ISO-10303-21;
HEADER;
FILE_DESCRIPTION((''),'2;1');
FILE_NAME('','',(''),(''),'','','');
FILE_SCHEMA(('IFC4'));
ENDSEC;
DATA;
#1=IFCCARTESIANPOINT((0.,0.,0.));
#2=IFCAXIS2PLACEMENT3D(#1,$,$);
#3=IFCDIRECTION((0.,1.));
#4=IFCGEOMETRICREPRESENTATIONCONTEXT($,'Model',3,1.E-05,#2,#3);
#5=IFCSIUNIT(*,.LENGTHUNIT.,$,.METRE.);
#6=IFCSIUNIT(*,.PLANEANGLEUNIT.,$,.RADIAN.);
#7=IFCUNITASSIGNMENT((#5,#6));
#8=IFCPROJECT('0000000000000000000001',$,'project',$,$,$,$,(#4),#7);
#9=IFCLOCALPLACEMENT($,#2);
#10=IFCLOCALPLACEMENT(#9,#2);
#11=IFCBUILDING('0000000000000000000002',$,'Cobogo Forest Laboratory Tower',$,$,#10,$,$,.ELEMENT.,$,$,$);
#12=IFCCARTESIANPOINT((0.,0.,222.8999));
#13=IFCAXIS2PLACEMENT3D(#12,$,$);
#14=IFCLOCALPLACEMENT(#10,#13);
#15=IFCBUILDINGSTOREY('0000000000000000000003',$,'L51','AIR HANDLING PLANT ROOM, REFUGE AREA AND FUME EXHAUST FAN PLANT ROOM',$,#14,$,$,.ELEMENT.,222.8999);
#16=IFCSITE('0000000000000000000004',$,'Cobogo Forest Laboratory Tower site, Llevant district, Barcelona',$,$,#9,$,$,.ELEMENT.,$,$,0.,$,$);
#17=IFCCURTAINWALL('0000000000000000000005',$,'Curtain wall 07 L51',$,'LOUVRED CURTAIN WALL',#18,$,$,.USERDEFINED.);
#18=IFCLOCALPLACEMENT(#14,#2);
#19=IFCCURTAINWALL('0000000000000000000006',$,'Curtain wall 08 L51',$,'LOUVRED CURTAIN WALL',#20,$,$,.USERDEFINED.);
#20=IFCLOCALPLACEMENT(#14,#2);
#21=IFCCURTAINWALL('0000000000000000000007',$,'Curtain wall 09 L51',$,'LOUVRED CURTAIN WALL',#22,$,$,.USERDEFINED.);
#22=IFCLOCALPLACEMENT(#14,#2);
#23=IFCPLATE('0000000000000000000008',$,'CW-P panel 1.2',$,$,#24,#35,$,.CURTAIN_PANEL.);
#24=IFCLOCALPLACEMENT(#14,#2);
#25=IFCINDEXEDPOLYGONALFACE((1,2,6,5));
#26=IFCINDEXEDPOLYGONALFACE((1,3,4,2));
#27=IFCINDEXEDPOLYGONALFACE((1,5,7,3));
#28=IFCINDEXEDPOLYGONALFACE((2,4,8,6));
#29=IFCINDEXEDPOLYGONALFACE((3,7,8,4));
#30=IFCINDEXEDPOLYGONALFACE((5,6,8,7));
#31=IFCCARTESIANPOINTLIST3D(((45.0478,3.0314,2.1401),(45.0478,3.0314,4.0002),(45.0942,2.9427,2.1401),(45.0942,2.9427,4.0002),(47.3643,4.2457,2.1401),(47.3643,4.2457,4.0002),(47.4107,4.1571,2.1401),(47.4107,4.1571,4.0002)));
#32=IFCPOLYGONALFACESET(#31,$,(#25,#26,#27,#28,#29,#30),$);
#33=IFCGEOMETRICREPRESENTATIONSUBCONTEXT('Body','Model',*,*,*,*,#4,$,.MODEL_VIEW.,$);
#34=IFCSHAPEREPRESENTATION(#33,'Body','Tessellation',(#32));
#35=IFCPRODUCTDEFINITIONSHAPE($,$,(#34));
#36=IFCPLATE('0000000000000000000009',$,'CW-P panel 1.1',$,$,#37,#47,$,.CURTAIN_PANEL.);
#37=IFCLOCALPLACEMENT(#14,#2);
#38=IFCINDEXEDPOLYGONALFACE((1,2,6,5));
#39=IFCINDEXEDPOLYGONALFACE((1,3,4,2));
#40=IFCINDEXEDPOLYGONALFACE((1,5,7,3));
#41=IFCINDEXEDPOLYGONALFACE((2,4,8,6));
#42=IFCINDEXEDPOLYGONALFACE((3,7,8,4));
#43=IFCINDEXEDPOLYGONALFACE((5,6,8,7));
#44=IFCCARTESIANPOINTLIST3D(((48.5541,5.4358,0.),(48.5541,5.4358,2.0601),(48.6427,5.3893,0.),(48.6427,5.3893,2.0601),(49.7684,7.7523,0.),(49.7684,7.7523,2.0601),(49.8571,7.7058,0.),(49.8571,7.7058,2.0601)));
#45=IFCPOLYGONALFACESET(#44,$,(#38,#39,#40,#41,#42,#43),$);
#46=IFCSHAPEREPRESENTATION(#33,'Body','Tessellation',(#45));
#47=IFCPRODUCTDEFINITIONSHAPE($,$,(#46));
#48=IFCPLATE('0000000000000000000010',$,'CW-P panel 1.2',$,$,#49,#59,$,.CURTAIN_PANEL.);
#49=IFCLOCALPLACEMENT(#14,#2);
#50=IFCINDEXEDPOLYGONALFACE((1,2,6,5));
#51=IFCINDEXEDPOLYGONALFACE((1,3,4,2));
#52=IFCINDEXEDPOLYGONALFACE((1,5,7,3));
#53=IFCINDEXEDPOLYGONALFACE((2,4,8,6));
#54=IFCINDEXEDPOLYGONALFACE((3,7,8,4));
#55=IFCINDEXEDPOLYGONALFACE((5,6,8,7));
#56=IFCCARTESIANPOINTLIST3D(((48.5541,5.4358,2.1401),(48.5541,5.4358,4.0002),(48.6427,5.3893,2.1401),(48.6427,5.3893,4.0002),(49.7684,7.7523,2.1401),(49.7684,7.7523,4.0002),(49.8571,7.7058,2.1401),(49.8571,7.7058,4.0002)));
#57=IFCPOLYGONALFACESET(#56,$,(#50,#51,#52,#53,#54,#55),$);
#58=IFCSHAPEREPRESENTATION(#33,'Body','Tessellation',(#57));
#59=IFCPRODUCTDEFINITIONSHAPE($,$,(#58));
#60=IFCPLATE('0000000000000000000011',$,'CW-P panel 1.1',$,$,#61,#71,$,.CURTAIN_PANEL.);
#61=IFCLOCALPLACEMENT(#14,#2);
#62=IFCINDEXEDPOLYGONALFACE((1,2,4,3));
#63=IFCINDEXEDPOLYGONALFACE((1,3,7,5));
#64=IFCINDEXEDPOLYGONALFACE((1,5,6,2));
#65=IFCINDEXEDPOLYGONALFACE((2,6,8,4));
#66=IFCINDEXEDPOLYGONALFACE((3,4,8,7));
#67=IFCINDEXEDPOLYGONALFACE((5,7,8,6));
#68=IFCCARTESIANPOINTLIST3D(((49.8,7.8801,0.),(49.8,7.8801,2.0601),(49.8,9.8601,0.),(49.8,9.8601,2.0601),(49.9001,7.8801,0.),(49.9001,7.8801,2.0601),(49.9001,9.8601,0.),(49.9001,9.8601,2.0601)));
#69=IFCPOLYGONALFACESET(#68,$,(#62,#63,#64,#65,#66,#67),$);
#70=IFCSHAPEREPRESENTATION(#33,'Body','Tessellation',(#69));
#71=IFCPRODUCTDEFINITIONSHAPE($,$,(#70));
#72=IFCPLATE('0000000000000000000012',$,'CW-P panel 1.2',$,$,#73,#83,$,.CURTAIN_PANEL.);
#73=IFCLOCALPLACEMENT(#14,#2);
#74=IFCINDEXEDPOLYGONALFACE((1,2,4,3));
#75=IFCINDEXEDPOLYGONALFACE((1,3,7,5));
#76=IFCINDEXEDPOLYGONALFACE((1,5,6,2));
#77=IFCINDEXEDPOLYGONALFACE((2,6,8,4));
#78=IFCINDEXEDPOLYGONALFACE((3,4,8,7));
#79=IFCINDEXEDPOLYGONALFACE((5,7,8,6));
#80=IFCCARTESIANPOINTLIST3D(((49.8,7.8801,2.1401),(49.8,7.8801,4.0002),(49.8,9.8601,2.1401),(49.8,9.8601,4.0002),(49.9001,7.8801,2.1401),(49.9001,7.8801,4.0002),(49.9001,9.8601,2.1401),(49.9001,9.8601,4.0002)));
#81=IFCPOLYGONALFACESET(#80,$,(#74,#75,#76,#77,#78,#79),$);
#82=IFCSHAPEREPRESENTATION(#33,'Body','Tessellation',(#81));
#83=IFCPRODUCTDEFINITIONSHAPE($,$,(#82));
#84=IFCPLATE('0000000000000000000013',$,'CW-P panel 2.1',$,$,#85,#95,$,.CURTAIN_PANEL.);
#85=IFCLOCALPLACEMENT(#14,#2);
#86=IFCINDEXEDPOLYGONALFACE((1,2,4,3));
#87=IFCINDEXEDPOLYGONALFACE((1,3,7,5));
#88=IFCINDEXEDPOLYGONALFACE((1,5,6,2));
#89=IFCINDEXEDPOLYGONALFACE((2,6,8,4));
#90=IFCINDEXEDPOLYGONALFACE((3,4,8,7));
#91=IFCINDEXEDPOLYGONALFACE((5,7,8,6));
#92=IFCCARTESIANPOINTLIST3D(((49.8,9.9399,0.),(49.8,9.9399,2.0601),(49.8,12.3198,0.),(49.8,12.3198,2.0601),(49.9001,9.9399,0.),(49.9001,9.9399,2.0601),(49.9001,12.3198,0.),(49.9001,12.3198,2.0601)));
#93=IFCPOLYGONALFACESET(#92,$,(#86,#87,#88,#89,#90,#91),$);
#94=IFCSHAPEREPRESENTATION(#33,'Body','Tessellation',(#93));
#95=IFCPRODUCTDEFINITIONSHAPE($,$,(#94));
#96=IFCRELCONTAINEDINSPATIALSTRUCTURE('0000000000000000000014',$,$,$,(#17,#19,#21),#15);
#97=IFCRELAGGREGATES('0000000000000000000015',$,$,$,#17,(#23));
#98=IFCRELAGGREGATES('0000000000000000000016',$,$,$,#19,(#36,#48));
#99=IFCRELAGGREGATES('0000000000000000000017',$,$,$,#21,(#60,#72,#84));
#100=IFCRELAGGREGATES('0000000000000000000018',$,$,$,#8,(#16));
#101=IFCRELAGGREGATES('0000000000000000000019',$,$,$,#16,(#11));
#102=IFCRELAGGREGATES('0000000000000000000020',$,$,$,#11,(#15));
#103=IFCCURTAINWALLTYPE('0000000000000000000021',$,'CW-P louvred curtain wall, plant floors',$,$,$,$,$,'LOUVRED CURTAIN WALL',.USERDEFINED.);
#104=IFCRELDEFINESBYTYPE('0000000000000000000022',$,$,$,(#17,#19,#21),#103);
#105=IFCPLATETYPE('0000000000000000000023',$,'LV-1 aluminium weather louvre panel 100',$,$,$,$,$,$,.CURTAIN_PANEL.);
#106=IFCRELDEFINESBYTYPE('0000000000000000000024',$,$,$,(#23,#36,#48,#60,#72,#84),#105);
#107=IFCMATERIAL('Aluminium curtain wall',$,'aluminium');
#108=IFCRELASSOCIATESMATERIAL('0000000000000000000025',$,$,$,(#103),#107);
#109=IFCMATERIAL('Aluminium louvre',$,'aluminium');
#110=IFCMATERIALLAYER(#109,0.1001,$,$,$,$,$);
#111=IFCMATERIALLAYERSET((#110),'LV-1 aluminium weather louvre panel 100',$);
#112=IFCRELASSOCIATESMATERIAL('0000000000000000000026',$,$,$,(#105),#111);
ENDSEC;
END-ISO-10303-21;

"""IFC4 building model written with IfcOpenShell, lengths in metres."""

from ifc_helpers import new_model, si_unit, direction, frame, origin, origin_2d, place, context, subcontext, project, spatial, rectangle, extrude, material, layer, layer_set, type_object, element, aggregate, save


model = new_model("IFC4")

# Units and contexts
model_context = context("Model", 3, precision=1e-05, world=origin(), true_north=direction((0.0, 1.0)))
body_context = subcontext(model_context, "Body", "Model", "MODEL_VIEW")
ifc_project = project(units=[si_unit("LENGTHUNIT", "METRE"), si_unit("PLANEANGLEUNIT", "RADIAN")], contexts=[model_context])

# Site, building, storey
site_placement = place(None, origin())
site = spatial("IfcSite", under=ifc_project, at=site_placement, Name="Cobogo Forest Laboratory Tower site, Llevant district, Barcelona", CompositionType="ELEMENT", RefElevation=0.0)
building_placement = place(site_placement, origin())
building = spatial("IfcBuilding", under=site, at=building_placement, Name="Cobogo Forest Laboratory Tower", CompositionType="ELEMENT")
storey_placement = place(building_placement, frame((0.0, 0.0, 222.8999)))
storey = spatial("IfcBuildingStorey", under=building, at=storey_placement, Name="L51", Description="AIR HANDLING PLANT ROOM, REFUGE AREA AND FUME EXHAUST FAN PLANT ROOM", CompositionType="ELEMENT", Elevation=222.8999)

# Curtain walls
ifc_material_1 = material(Name="Aluminium curtain wall", Category="aluminium")
curtain_wall_type = type_object("IfcCurtainWallType", Name="CW-P louvred curtain wall, plant floors", ElementType="LOUVRED CURTAIN WALL", PredefinedType="USERDEFINED", material=ifc_material_1)
curtain_wall_1_placement = place(storey_placement, origin())
curtain_wall_1 = element("IfcCurtainWall", 1, at=curtain_wall_1_placement, inside=storey, type_object=curtain_wall_type, Name="Curtain wall 07 L51", ObjectType="LOUVRED CURTAIN WALL", PredefinedType="USERDEFINED")
curtain_wall_2_placement = place(storey_placement, origin())
curtain_wall_2 = element("IfcCurtainWall", 2, at=curtain_wall_2_placement, inside=storey, type_object=curtain_wall_type, Name="Curtain wall 08 L51", ObjectType="LOUVRED CURTAIN WALL", PredefinedType="USERDEFINED")
curtain_wall_3_placement = place(storey_placement, origin())
curtain_wall_3 = element("IfcCurtainWall", 3, at=curtain_wall_3_placement, inside=storey, type_object=curtain_wall_type, Name="Curtain wall 09 L51", ObjectType="LOUVRED CURTAIN WALL", PredefinedType="USERDEFINED")

# Plates
ifc_material_2 = material(Name="Aluminium louvre", Category="aluminium")
ifc_layer = layer(ifc_material_2, 0.1001)
ifc_layer_set = layer_set([ifc_layer], Name="LV-1 aluminium weather louvre panel 100")
plate_type = type_object("IfcPlateType", Name="LV-1 aluminium weather louvre panel 100", PredefinedType="CURTAIN_PANEL", material=ifc_layer_set)
plate_1_placement = place(storey_placement, frame((46.2292, 3.5942, 2.1401), z_axis=(0.0, 0.0, 1.0), x_axis=(0.885687, 0.464284, 0.0)))
plate_1 = element("IfcPlate", 4, at=plate_1_placement, type_object=plate_type, Name="CW-P panel 1.2", PredefinedType="CURTAIN_PANEL", context=body_context, shape_type="SweptSolid", body=[
    extrude(rectangle(XDim=2.6155, YDim=0.1001, at=origin_2d()), origin(), (0.0, 0.0, 1.0), 1.8601),
])
aggregate(curtain_wall_1, [plate_1])
plate_2_placement = place(storey_placement, frame((49.2056, 6.5708, 0.0), z_axis=(0.0, 0.0, 1.0), x_axis=(0.464284, 0.885687, 0.0)))
plate_2 = element("IfcPlate", 5, at=plate_2_placement, type_object=plate_type, Name="CW-P panel 1.1", PredefinedType="CURTAIN_PANEL", context=body_context, shape_type="SweptSolid", body=[
    extrude(rectangle(XDim=2.6155, YDim=0.1001, at=origin_2d()), origin(), (0.0, 0.0, 1.0), 2.0601),
])
plate_3_placement = place(storey_placement, frame((49.2056, 6.5708, 2.1401), z_axis=(0.0, 0.0, 1.0), x_axis=(0.464284, 0.885687, 0.0)))
plate_3 = element("IfcPlate", 6, at=plate_3_placement, type_object=plate_type, Name="CW-P panel 1.2", PredefinedType="CURTAIN_PANEL", context=body_context, shape_type="SweptSolid", body=[
    extrude(rectangle(XDim=2.6155, YDim=0.1001, at=origin_2d()), origin(), (0.0, 0.0, 1.0), 1.8601),
])
aggregate(curtain_wall_2, [plate_2, plate_3])
plate_4_placement = place(storey_placement, frame((49.8501, 8.8701, 0.0), z_axis=(0.0, 0.0, 1.0), x_axis=(0.0, 1.0, 0.0)))
plate_4 = element("IfcPlate", 7, at=plate_4_placement, type_object=plate_type, Name="CW-P panel 1.1", PredefinedType="CURTAIN_PANEL", context=body_context, shape_type="SweptSolid", body=[
    extrude(rectangle(XDim=1.98, YDim=0.1001, at=origin_2d()), origin(), (0.0, 0.0, 1.0), 2.0601),
])
plate_5_placement = place(storey_placement, frame((49.8501, 8.8701, 2.1401), z_axis=(0.0, 0.0, 1.0), x_axis=(0.0, 1.0, 0.0)))
plate_5 = element("IfcPlate", 8, at=plate_5_placement, type_object=plate_type, Name="CW-P panel 1.2", PredefinedType="CURTAIN_PANEL", context=body_context, shape_type="SweptSolid", body=[
    extrude(rectangle(XDim=1.98, YDim=0.1001, at=origin_2d()), origin(), (0.0, 0.0, 1.0), 1.8601),
])
plate_6_placement = place(storey_placement, frame((49.8501, 11.1299, 0.0), z_axis=(0.0, 0.0, 1.0), x_axis=(0.0, 1.0, 0.0)))
plate_6 = element("IfcPlate", 9, at=plate_6_placement, type_object=plate_type, Name="CW-P panel 2.1", PredefinedType="CURTAIN_PANEL", context=body_context, shape_type="SweptSolid", body=[
    extrude(rectangle(XDim=2.3799, YDim=0.1001, at=origin_2d()), origin(), (0.0, 0.0, 1.0), 2.0601),
])
aggregate(curtain_wall_3, [plate_4, plate_5, plate_6])

save(model, "model.ifc")
